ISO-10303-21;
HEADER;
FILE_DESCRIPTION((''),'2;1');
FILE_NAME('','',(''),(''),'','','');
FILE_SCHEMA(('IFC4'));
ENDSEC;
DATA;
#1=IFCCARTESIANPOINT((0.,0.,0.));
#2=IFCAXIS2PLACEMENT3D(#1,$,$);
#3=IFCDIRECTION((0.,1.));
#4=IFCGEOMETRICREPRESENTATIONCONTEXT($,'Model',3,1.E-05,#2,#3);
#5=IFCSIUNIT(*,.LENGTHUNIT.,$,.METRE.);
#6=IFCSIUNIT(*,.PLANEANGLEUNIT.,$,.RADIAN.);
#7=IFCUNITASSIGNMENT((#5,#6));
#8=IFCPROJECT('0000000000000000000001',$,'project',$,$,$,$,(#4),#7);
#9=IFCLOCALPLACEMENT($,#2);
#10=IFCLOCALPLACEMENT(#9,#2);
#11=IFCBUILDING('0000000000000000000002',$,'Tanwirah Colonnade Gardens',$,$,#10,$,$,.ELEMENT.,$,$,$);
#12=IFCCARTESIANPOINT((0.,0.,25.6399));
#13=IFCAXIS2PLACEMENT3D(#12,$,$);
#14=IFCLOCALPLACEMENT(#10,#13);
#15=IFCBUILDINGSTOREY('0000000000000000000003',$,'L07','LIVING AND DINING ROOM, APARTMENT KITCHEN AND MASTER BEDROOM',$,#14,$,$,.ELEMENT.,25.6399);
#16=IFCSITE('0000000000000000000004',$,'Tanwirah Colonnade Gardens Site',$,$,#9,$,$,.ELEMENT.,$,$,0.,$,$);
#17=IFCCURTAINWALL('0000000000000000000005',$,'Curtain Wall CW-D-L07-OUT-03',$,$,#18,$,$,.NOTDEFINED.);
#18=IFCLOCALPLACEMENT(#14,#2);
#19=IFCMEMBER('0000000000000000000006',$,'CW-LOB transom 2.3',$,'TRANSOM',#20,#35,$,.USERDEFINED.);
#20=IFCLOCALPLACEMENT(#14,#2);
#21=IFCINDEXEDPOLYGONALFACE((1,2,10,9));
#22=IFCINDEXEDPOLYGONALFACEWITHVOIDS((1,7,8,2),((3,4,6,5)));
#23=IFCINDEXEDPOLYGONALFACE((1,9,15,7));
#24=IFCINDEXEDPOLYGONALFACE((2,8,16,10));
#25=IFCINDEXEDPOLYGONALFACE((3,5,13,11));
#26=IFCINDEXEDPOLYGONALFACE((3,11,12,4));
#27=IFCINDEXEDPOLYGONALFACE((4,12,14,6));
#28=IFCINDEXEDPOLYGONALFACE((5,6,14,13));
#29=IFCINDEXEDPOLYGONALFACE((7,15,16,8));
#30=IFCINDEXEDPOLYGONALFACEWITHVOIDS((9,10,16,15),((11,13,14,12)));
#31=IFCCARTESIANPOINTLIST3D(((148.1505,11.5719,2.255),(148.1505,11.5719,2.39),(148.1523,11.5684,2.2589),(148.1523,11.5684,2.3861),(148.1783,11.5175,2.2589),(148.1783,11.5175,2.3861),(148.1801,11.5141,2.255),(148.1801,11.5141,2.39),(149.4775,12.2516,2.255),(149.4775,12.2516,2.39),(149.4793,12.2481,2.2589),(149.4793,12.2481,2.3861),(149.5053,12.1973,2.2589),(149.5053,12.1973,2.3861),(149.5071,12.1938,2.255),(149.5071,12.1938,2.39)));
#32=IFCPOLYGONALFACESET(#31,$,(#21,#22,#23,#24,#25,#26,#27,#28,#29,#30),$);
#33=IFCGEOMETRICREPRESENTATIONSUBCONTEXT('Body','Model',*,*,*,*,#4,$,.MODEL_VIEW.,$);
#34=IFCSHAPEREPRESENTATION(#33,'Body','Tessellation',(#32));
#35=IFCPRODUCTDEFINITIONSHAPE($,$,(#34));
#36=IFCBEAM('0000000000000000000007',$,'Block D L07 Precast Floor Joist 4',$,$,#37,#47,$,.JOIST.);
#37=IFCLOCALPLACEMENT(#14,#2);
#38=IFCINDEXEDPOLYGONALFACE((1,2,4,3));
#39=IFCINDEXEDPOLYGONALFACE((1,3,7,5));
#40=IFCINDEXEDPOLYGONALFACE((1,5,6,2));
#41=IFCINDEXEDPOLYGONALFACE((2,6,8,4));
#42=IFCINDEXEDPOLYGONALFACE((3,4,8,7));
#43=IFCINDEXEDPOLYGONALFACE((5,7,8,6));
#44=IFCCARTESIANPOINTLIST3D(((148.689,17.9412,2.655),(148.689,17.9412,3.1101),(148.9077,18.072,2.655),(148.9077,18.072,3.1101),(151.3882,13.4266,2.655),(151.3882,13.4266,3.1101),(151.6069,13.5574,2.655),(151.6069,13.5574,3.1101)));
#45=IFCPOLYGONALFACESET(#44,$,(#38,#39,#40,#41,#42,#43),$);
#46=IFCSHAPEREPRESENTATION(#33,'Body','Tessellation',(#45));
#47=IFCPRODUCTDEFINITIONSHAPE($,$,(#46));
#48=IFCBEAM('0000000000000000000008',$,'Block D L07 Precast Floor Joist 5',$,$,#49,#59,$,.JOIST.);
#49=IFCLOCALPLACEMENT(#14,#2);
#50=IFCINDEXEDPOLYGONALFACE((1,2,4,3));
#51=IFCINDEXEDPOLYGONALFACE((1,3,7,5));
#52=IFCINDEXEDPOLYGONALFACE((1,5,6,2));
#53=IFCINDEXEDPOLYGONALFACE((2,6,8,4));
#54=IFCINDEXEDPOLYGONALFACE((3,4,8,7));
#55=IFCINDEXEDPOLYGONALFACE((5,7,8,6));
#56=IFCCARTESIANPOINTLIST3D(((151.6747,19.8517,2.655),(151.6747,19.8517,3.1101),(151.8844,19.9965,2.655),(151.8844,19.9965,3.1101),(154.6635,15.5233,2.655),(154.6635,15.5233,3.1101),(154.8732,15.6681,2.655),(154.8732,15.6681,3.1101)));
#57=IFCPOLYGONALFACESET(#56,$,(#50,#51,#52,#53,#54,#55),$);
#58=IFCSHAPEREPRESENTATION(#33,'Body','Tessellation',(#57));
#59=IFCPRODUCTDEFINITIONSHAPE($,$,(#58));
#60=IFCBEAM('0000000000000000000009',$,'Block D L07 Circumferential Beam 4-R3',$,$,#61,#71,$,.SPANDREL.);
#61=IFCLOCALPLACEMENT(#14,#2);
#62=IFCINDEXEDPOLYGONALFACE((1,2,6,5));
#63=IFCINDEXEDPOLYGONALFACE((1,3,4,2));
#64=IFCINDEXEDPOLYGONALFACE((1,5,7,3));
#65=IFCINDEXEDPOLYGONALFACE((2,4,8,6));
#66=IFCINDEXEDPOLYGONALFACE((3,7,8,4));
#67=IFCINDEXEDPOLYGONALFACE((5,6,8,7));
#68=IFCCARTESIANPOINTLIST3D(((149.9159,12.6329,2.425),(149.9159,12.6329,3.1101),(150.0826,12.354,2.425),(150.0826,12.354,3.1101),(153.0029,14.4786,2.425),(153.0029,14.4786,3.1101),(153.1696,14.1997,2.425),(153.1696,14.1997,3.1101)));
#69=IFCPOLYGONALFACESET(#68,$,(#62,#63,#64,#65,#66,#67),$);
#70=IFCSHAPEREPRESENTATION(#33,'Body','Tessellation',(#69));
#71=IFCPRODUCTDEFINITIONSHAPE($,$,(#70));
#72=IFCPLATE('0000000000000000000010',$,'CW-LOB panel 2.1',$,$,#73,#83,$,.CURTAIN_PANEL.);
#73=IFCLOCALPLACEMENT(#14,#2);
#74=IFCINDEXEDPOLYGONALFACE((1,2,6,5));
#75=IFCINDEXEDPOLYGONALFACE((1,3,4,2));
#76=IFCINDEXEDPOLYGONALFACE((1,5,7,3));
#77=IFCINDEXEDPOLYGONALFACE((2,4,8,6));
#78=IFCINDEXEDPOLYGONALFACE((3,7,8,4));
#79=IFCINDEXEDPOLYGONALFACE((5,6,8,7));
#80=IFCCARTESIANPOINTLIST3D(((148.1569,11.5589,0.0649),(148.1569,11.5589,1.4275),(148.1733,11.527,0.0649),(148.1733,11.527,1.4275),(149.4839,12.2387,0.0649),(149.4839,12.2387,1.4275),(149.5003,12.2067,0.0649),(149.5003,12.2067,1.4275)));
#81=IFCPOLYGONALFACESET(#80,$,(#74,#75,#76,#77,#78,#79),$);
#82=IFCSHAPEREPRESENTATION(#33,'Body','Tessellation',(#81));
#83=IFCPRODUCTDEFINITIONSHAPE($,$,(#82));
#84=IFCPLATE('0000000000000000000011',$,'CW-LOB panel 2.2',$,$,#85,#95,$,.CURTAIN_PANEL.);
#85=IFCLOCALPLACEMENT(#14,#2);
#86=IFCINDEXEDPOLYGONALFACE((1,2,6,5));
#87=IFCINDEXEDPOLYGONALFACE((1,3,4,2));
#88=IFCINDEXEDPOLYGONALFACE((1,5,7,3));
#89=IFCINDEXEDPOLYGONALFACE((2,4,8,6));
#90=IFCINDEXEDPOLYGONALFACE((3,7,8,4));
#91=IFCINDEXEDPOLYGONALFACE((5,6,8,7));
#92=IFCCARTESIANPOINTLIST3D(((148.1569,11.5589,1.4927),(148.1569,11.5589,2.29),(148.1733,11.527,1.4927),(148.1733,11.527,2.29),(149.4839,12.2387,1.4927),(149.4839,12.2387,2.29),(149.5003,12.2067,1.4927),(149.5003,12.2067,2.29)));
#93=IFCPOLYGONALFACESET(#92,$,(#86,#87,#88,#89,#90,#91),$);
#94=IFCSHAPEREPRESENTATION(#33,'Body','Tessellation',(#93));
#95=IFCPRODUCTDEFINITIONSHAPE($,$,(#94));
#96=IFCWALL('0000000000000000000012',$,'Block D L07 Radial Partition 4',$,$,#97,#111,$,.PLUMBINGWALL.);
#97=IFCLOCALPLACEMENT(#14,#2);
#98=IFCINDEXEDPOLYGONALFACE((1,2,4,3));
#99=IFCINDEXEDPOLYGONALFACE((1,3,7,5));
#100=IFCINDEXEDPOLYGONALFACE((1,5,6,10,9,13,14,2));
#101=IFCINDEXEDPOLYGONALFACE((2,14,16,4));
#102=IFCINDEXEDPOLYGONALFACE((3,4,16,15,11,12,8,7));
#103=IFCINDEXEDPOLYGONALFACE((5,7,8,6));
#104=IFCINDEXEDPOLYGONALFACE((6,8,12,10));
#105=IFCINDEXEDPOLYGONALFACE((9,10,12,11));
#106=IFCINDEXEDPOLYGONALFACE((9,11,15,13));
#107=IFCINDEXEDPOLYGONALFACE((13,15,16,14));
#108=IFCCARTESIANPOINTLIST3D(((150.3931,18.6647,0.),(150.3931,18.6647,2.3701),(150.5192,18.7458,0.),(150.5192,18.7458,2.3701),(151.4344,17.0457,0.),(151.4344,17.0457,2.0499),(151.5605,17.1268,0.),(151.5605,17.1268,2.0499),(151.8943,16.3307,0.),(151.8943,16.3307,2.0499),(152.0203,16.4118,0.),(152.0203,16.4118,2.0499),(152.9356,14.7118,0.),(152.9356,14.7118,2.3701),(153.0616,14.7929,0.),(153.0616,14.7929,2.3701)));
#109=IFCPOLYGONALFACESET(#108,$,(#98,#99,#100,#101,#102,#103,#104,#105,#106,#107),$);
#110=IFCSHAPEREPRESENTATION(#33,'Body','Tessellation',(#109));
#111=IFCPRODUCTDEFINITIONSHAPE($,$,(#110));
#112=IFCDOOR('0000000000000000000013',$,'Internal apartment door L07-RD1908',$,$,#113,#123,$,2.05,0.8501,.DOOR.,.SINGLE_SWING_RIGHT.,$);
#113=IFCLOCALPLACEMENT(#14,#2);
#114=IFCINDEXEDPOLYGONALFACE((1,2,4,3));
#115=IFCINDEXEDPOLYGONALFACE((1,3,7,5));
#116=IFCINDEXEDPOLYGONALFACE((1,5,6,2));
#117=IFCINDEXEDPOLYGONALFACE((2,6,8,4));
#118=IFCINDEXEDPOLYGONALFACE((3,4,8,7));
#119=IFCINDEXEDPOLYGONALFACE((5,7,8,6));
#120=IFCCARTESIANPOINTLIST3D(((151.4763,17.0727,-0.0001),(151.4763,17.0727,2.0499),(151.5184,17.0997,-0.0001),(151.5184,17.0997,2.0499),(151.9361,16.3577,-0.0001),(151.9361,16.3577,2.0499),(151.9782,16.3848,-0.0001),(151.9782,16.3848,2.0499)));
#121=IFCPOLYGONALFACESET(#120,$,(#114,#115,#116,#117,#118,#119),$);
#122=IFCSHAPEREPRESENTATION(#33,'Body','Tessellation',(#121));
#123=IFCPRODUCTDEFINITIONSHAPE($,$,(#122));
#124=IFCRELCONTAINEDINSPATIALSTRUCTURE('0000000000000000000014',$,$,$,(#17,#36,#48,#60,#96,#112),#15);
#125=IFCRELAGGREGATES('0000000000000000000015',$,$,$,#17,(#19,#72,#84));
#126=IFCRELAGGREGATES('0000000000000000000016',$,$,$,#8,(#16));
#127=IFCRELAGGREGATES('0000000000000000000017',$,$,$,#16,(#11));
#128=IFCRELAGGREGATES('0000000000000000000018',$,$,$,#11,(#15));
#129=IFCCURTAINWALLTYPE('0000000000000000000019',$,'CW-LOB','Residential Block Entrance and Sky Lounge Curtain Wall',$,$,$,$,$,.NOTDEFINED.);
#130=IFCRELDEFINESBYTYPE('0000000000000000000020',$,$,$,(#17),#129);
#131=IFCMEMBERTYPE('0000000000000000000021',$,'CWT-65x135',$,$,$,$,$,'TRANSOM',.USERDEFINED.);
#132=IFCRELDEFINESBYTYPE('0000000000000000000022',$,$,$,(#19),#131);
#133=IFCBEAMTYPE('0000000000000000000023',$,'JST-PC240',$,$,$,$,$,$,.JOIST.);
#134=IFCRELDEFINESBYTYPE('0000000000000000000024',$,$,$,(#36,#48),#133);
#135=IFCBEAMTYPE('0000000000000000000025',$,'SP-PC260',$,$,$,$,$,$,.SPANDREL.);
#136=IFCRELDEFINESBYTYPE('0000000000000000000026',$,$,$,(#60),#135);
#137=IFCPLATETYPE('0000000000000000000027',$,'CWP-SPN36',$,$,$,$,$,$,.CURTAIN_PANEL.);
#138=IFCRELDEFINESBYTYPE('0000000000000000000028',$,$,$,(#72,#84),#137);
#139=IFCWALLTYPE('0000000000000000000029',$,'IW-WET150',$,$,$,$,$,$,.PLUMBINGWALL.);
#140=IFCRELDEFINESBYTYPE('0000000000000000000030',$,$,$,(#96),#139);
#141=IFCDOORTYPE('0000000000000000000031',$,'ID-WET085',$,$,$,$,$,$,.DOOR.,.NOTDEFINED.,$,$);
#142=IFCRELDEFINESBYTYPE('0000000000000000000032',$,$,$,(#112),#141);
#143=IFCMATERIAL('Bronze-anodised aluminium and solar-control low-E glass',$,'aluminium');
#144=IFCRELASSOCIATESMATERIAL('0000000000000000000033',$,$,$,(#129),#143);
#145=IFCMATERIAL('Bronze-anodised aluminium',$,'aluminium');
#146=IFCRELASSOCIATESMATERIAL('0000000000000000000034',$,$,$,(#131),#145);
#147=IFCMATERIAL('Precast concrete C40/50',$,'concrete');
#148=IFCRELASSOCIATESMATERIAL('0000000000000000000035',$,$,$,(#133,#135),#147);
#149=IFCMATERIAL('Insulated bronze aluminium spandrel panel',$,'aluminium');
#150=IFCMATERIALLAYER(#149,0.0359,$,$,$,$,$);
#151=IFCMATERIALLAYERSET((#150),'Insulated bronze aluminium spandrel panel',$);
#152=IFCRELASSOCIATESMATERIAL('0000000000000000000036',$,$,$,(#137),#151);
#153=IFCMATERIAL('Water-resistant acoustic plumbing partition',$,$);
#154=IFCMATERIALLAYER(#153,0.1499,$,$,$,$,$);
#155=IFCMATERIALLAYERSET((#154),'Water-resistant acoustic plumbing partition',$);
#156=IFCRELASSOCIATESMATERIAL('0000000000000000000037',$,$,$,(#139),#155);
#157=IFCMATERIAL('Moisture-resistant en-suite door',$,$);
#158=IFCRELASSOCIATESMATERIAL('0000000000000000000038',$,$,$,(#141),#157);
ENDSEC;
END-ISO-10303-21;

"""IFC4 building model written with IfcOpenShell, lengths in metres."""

from ifc_helpers import new_model, si_unit, direction, frame, frame_2d, origin, origin_2d, place, context, subcontext, project, spatial, rectangle, hollow_rectangle, extrude, material, layer, layer_set, material_profile, profile_set, type_object, element, fill, aggregate, save


model = new_model("IFC4")

# Units and contexts
model_context = context("Model", 3, precision=1e-05, world=origin(), true_north=direction((0.0, 1.0)))
body_context = subcontext(model_context, "Body", "Model", "MODEL_VIEW")
ifc_project = project(units=[si_unit("LENGTHUNIT", "METRE"), si_unit("PLANEANGLEUNIT", "RADIAN")], contexts=[model_context])

# Site, building, storey
site_placement = place(None, origin())
site = spatial("IfcSite", under=ifc_project, at=site_placement, Name="Tanwirah Colonnade Gardens Site", CompositionType="ELEMENT", RefElevation=0.0)
building_placement = place(site_placement, origin())
building = spatial("IfcBuilding", under=site, at=building_placement, Name="Tanwirah Colonnade Gardens", CompositionType="ELEMENT")
storey_placement = place(building_placement, frame((0.0, 0.0, 25.6399)))
storey = spatial("IfcBuildingStorey", under=building, at=storey_placement, Name="L07", Description="LIVING AND DINING ROOM, APARTMENT KITCHEN AND MASTER BEDROOM", CompositionType="ELEMENT", Elevation=25.6399)

# Shared definitions
ifc_material_1 = material(Name="Precast concrete C40/50", Category="concrete")

# Curtain wall, member
ifc_material_2 = material(Name="Bronze-anodised aluminium and solar-control low-E glass", Category="aluminium")
curtain_wall_type = type_object("IfcCurtainWallType", Name="CW-LOB", Description="Residential Block Entrance and Sky Lounge Curtain Wall", PredefinedType="NOTDEFINED", material=ifc_material_2)
curtain_wall_placement = place(storey_placement, origin())
curtain_wall = element("IfcCurtainWall", 1, at=curtain_wall_placement, inside=storey, type_object=curtain_wall_type, Name="Curtain Wall CW-D-L07-OUT-03", PredefinedType="NOTDEFINED")
ifc_material_3 = material(Name="Bronze-anodised aluminium", Category="aluminium")
ifc_material_profile_1 = material_profile(ifc_material_3, hollow_rectangle(XDim=0.0649, YDim=0.135, WallThickness=0.0039, at=origin_2d()), Name="CW-TRN 65x135x4")
ifc_profile_set_1 = profile_set([ifc_material_profile_1], Name="Bronze-anodised aluminium")
member_type_1 = type_object("IfcMemberType", Name="CWT-65x135", ElementType="TRANSOM", PredefinedType="USERDEFINED", material=ifc_profile_set_1)
member_1_placement = place(storey_placement, frame((148.1653, 11.543, 2.3225), z_axis=(0.890029, 0.455904, 0.0), x_axis=(-0.455904, 0.890029, 0.0)))
member_1 = element("IfcMember", 2, at=member_1_placement, type_object=member_type_1, Name="CW-LOB transom 2.3", ObjectType="TRANSOM", PredefinedType="USERDEFINED", context=body_context, shape_type="SweptSolid", body=[
    extrude(hollow_rectangle(XDim=0.0649, YDim=0.135, WallThickness=0.0039, at=origin_2d()), origin(), (0.0, 0.0, 1.0), 1.491),
])

# Beams
ifc_material_profile_2 = material_profile(ifc_material_1, rectangle(XDim=0.2549, YDim=0.4551, at=origin_2d()), Name="PC-JST 255x455")
ifc_profile_set_2 = profile_set([ifc_material_profile_2], Name="Precast concrete C40/50")
beam_type_1 = type_object("IfcBeamType", Name="JST-PC240", PredefinedType="JOIST", material=ifc_profile_set_2)
for number, where, z_axis, x_axis, name in (
    (3, (148.7983, 18.0066, 2.8826), (0.513157, -0.858295, 0.0), (0.858295, 0.513157, 0.0), "Block D L07 Precast Floor Joist 4"),
    (4, (151.7795, 19.9241, 2.8826), (0.568208, -0.822885, 0.0), (0.822885, 0.568208, 0.0), "Block D L07 Precast Floor Joist 5"),
):
    element("IfcBeam", number, at=place(storey_placement, frame(where, z_axis=z_axis, x_axis=x_axis)), inside=storey, type_object=beam_type_1, Name=name, PredefinedType="JOIST", context=body_context, shape_type="SweptSolid", body=[
        extrude(rectangle(XDim=0.2549, YDim=0.4551, at=origin_2d()), origin(), (0.0, 0.0, 1.0), 5.26),
    ])
ifc_material_profile_3 = material_profile(ifc_material_1, rectangle(XDim=0.325, YDim=0.6851, at=origin_2d()), Name="PC-SP 325x685")
ifc_profile_set_3 = profile_set([ifc_material_profile_3], Name="Precast concrete C40/50")
beam_type_2 = type_object("IfcBeamType", Name="SP-PC260", PredefinedType="SPANDREL", material=ifc_profile_set_3)
beam_1_placement = place(storey_placement, frame((149.9993, 12.4934, 2.7676), z_axis=(0.858283, 0.513177, 0.0), x_axis=(-0.513177, 0.858283, 0.0)))
element("IfcBeam", 5, at=beam_1_placement, inside=storey, type_object=beam_type_2, Name="Block D L07 Circumferential Beam 4-R3", PredefinedType="SPANDREL", context=body_context, shape_type="SweptSolid", body=[
    extrude(rectangle(XDim=0.325, YDim=0.6851, at=origin_2d()), origin(), (0.0, 0.0, 1.0), 3.5967),
])

# Plates
ifc_material_4 = material(Name="Insulated bronze aluminium spandrel panel", Category="aluminium")
ifc_layer_1 = layer(ifc_material_4, 0.0359)
ifc_layer_set_1 = layer_set([ifc_layer_1], Name="Insulated bronze aluminium spandrel panel")
plate_type = type_object("IfcPlateType", Name="CWP-SPN36", PredefinedType="CURTAIN_PANEL", material=ifc_layer_set_1)
plate_1_placement = place(storey_placement, frame((148.8286, 11.8828, 0.0649), z_axis=(0.0, 0.0, 1.0), x_axis=(0.890014, 0.455933, 0.0)))
plate_1 = element("IfcPlate", 6, at=plate_1_placement, type_object=plate_type, Name="CW-LOB panel 2.1", PredefinedType="CURTAIN_PANEL", context=body_context, shape_type="SweptSolid", body=[
    extrude(rectangle(XDim=1.491, YDim=0.0359, at=origin_2d()), origin(), (0.0, 0.0, 1.0), 1.3625),
])
plate_2_placement = place(storey_placement, frame((148.8286, 11.8828, 1.4927), z_axis=(0.0, 0.0, 1.0), x_axis=(0.890014, 0.455933, 0.0)))
plate_2 = element("IfcPlate", 7, at=plate_2_placement, type_object=plate_type, Name="CW-LOB panel 2.2", PredefinedType="CURTAIN_PANEL", context=body_context, shape_type="SweptSolid", body=[
    extrude(rectangle(XDim=1.491, YDim=0.0359, at=origin_2d()), origin(), (0.0, 0.0, 1.0), 0.7974),
])
aggregate(curtain_wall, [member_1, plate_1, plate_2])

# Wall, opening, door
ifc_material_5 = material(Name="Water-resistant acoustic plumbing partition")
ifc_layer_2 = layer(ifc_material_5, 0.1499)
ifc_layer_set_2 = layer_set([ifc_layer_2], Name="Water-resistant acoustic plumbing partition")
wall_type_1 = type_object("IfcWallType", Name="IW-WET150", PredefinedType="PLUMBINGWALL", material=ifc_layer_set_2)
wall_1_placement = place(storey_placement, frame((150.4561, 18.7053, 0.0), z_axis=(0.0, 0.0, 1.0), x_axis=(0.54096, -0.841048, 0.0)))
wall_1 = element("IfcWall", 8, at=wall_1_placement, inside=storey, type_object=wall_type_1, Name="Block D L07 Radial Partition 4", PredefinedType="PLUMBINGWALL", context=body_context, shape_type="SweptSolid", body=[
    extrude(rectangle(XDim=4.7, YDim=0.1499, at=frame_2d((2.3501, 0.0))), origin(), (0.0, 0.0, 1.0), 2.3701),
])
opening_1_placement = place(wall_1_placement, frame((1.925, 0.0, 0.0)))
opening_1 = element("IfcOpeningElement", 9, at=opening_1_placement, cuts=wall_1, PredefinedType="OPENING", context=body_context, shape_type="SweptSolid", body=[
    extrude(rectangle(XDim=0.8501, YDim=2.05, at=frame_2d((0.425, 1.0249))), frame((0.0, 0.085, 0.0), z_axis=(0.0, -1.0, 0.0), x_axis=(1.0, 0.0, 0.0)), (0.0, 0.0, 1.0), 0.1699),
])
ifc_material_6 = material(Name="Moisture-resistant en-suite door")
door_type_1 = type_object("IfcDoorType", Name="ID-WET085", OperationType="NOTDEFINED", PredefinedType="DOOR", material=ifc_material_6)
door_1_placement = place(opening_1_placement, origin())
door_1 = element("IfcDoor", 10, at=door_1_placement, inside=storey, type_object=door_type_1, Name="Internal apartment door L07-RD1908", OperationType="SINGLE_SWING_RIGHT", OverallHeight=2.05, OverallWidth=0.8501, PredefinedType="DOOR", context=body_context, shape_type="SweptSolid", body=[
    extrude(rectangle(XDim=0.8501, YDim=2.05, at=frame_2d((0.425, 1.0249))), frame((0.0, 0.0249, 0.0), z_axis=(0.0, -1.0, 0.0), x_axis=(1.0, 0.0, 0.0)), (0.0, 0.0, 1.0), 0.05),
])
fill(opening_1, door_1)

save(model, "model.ifc")
